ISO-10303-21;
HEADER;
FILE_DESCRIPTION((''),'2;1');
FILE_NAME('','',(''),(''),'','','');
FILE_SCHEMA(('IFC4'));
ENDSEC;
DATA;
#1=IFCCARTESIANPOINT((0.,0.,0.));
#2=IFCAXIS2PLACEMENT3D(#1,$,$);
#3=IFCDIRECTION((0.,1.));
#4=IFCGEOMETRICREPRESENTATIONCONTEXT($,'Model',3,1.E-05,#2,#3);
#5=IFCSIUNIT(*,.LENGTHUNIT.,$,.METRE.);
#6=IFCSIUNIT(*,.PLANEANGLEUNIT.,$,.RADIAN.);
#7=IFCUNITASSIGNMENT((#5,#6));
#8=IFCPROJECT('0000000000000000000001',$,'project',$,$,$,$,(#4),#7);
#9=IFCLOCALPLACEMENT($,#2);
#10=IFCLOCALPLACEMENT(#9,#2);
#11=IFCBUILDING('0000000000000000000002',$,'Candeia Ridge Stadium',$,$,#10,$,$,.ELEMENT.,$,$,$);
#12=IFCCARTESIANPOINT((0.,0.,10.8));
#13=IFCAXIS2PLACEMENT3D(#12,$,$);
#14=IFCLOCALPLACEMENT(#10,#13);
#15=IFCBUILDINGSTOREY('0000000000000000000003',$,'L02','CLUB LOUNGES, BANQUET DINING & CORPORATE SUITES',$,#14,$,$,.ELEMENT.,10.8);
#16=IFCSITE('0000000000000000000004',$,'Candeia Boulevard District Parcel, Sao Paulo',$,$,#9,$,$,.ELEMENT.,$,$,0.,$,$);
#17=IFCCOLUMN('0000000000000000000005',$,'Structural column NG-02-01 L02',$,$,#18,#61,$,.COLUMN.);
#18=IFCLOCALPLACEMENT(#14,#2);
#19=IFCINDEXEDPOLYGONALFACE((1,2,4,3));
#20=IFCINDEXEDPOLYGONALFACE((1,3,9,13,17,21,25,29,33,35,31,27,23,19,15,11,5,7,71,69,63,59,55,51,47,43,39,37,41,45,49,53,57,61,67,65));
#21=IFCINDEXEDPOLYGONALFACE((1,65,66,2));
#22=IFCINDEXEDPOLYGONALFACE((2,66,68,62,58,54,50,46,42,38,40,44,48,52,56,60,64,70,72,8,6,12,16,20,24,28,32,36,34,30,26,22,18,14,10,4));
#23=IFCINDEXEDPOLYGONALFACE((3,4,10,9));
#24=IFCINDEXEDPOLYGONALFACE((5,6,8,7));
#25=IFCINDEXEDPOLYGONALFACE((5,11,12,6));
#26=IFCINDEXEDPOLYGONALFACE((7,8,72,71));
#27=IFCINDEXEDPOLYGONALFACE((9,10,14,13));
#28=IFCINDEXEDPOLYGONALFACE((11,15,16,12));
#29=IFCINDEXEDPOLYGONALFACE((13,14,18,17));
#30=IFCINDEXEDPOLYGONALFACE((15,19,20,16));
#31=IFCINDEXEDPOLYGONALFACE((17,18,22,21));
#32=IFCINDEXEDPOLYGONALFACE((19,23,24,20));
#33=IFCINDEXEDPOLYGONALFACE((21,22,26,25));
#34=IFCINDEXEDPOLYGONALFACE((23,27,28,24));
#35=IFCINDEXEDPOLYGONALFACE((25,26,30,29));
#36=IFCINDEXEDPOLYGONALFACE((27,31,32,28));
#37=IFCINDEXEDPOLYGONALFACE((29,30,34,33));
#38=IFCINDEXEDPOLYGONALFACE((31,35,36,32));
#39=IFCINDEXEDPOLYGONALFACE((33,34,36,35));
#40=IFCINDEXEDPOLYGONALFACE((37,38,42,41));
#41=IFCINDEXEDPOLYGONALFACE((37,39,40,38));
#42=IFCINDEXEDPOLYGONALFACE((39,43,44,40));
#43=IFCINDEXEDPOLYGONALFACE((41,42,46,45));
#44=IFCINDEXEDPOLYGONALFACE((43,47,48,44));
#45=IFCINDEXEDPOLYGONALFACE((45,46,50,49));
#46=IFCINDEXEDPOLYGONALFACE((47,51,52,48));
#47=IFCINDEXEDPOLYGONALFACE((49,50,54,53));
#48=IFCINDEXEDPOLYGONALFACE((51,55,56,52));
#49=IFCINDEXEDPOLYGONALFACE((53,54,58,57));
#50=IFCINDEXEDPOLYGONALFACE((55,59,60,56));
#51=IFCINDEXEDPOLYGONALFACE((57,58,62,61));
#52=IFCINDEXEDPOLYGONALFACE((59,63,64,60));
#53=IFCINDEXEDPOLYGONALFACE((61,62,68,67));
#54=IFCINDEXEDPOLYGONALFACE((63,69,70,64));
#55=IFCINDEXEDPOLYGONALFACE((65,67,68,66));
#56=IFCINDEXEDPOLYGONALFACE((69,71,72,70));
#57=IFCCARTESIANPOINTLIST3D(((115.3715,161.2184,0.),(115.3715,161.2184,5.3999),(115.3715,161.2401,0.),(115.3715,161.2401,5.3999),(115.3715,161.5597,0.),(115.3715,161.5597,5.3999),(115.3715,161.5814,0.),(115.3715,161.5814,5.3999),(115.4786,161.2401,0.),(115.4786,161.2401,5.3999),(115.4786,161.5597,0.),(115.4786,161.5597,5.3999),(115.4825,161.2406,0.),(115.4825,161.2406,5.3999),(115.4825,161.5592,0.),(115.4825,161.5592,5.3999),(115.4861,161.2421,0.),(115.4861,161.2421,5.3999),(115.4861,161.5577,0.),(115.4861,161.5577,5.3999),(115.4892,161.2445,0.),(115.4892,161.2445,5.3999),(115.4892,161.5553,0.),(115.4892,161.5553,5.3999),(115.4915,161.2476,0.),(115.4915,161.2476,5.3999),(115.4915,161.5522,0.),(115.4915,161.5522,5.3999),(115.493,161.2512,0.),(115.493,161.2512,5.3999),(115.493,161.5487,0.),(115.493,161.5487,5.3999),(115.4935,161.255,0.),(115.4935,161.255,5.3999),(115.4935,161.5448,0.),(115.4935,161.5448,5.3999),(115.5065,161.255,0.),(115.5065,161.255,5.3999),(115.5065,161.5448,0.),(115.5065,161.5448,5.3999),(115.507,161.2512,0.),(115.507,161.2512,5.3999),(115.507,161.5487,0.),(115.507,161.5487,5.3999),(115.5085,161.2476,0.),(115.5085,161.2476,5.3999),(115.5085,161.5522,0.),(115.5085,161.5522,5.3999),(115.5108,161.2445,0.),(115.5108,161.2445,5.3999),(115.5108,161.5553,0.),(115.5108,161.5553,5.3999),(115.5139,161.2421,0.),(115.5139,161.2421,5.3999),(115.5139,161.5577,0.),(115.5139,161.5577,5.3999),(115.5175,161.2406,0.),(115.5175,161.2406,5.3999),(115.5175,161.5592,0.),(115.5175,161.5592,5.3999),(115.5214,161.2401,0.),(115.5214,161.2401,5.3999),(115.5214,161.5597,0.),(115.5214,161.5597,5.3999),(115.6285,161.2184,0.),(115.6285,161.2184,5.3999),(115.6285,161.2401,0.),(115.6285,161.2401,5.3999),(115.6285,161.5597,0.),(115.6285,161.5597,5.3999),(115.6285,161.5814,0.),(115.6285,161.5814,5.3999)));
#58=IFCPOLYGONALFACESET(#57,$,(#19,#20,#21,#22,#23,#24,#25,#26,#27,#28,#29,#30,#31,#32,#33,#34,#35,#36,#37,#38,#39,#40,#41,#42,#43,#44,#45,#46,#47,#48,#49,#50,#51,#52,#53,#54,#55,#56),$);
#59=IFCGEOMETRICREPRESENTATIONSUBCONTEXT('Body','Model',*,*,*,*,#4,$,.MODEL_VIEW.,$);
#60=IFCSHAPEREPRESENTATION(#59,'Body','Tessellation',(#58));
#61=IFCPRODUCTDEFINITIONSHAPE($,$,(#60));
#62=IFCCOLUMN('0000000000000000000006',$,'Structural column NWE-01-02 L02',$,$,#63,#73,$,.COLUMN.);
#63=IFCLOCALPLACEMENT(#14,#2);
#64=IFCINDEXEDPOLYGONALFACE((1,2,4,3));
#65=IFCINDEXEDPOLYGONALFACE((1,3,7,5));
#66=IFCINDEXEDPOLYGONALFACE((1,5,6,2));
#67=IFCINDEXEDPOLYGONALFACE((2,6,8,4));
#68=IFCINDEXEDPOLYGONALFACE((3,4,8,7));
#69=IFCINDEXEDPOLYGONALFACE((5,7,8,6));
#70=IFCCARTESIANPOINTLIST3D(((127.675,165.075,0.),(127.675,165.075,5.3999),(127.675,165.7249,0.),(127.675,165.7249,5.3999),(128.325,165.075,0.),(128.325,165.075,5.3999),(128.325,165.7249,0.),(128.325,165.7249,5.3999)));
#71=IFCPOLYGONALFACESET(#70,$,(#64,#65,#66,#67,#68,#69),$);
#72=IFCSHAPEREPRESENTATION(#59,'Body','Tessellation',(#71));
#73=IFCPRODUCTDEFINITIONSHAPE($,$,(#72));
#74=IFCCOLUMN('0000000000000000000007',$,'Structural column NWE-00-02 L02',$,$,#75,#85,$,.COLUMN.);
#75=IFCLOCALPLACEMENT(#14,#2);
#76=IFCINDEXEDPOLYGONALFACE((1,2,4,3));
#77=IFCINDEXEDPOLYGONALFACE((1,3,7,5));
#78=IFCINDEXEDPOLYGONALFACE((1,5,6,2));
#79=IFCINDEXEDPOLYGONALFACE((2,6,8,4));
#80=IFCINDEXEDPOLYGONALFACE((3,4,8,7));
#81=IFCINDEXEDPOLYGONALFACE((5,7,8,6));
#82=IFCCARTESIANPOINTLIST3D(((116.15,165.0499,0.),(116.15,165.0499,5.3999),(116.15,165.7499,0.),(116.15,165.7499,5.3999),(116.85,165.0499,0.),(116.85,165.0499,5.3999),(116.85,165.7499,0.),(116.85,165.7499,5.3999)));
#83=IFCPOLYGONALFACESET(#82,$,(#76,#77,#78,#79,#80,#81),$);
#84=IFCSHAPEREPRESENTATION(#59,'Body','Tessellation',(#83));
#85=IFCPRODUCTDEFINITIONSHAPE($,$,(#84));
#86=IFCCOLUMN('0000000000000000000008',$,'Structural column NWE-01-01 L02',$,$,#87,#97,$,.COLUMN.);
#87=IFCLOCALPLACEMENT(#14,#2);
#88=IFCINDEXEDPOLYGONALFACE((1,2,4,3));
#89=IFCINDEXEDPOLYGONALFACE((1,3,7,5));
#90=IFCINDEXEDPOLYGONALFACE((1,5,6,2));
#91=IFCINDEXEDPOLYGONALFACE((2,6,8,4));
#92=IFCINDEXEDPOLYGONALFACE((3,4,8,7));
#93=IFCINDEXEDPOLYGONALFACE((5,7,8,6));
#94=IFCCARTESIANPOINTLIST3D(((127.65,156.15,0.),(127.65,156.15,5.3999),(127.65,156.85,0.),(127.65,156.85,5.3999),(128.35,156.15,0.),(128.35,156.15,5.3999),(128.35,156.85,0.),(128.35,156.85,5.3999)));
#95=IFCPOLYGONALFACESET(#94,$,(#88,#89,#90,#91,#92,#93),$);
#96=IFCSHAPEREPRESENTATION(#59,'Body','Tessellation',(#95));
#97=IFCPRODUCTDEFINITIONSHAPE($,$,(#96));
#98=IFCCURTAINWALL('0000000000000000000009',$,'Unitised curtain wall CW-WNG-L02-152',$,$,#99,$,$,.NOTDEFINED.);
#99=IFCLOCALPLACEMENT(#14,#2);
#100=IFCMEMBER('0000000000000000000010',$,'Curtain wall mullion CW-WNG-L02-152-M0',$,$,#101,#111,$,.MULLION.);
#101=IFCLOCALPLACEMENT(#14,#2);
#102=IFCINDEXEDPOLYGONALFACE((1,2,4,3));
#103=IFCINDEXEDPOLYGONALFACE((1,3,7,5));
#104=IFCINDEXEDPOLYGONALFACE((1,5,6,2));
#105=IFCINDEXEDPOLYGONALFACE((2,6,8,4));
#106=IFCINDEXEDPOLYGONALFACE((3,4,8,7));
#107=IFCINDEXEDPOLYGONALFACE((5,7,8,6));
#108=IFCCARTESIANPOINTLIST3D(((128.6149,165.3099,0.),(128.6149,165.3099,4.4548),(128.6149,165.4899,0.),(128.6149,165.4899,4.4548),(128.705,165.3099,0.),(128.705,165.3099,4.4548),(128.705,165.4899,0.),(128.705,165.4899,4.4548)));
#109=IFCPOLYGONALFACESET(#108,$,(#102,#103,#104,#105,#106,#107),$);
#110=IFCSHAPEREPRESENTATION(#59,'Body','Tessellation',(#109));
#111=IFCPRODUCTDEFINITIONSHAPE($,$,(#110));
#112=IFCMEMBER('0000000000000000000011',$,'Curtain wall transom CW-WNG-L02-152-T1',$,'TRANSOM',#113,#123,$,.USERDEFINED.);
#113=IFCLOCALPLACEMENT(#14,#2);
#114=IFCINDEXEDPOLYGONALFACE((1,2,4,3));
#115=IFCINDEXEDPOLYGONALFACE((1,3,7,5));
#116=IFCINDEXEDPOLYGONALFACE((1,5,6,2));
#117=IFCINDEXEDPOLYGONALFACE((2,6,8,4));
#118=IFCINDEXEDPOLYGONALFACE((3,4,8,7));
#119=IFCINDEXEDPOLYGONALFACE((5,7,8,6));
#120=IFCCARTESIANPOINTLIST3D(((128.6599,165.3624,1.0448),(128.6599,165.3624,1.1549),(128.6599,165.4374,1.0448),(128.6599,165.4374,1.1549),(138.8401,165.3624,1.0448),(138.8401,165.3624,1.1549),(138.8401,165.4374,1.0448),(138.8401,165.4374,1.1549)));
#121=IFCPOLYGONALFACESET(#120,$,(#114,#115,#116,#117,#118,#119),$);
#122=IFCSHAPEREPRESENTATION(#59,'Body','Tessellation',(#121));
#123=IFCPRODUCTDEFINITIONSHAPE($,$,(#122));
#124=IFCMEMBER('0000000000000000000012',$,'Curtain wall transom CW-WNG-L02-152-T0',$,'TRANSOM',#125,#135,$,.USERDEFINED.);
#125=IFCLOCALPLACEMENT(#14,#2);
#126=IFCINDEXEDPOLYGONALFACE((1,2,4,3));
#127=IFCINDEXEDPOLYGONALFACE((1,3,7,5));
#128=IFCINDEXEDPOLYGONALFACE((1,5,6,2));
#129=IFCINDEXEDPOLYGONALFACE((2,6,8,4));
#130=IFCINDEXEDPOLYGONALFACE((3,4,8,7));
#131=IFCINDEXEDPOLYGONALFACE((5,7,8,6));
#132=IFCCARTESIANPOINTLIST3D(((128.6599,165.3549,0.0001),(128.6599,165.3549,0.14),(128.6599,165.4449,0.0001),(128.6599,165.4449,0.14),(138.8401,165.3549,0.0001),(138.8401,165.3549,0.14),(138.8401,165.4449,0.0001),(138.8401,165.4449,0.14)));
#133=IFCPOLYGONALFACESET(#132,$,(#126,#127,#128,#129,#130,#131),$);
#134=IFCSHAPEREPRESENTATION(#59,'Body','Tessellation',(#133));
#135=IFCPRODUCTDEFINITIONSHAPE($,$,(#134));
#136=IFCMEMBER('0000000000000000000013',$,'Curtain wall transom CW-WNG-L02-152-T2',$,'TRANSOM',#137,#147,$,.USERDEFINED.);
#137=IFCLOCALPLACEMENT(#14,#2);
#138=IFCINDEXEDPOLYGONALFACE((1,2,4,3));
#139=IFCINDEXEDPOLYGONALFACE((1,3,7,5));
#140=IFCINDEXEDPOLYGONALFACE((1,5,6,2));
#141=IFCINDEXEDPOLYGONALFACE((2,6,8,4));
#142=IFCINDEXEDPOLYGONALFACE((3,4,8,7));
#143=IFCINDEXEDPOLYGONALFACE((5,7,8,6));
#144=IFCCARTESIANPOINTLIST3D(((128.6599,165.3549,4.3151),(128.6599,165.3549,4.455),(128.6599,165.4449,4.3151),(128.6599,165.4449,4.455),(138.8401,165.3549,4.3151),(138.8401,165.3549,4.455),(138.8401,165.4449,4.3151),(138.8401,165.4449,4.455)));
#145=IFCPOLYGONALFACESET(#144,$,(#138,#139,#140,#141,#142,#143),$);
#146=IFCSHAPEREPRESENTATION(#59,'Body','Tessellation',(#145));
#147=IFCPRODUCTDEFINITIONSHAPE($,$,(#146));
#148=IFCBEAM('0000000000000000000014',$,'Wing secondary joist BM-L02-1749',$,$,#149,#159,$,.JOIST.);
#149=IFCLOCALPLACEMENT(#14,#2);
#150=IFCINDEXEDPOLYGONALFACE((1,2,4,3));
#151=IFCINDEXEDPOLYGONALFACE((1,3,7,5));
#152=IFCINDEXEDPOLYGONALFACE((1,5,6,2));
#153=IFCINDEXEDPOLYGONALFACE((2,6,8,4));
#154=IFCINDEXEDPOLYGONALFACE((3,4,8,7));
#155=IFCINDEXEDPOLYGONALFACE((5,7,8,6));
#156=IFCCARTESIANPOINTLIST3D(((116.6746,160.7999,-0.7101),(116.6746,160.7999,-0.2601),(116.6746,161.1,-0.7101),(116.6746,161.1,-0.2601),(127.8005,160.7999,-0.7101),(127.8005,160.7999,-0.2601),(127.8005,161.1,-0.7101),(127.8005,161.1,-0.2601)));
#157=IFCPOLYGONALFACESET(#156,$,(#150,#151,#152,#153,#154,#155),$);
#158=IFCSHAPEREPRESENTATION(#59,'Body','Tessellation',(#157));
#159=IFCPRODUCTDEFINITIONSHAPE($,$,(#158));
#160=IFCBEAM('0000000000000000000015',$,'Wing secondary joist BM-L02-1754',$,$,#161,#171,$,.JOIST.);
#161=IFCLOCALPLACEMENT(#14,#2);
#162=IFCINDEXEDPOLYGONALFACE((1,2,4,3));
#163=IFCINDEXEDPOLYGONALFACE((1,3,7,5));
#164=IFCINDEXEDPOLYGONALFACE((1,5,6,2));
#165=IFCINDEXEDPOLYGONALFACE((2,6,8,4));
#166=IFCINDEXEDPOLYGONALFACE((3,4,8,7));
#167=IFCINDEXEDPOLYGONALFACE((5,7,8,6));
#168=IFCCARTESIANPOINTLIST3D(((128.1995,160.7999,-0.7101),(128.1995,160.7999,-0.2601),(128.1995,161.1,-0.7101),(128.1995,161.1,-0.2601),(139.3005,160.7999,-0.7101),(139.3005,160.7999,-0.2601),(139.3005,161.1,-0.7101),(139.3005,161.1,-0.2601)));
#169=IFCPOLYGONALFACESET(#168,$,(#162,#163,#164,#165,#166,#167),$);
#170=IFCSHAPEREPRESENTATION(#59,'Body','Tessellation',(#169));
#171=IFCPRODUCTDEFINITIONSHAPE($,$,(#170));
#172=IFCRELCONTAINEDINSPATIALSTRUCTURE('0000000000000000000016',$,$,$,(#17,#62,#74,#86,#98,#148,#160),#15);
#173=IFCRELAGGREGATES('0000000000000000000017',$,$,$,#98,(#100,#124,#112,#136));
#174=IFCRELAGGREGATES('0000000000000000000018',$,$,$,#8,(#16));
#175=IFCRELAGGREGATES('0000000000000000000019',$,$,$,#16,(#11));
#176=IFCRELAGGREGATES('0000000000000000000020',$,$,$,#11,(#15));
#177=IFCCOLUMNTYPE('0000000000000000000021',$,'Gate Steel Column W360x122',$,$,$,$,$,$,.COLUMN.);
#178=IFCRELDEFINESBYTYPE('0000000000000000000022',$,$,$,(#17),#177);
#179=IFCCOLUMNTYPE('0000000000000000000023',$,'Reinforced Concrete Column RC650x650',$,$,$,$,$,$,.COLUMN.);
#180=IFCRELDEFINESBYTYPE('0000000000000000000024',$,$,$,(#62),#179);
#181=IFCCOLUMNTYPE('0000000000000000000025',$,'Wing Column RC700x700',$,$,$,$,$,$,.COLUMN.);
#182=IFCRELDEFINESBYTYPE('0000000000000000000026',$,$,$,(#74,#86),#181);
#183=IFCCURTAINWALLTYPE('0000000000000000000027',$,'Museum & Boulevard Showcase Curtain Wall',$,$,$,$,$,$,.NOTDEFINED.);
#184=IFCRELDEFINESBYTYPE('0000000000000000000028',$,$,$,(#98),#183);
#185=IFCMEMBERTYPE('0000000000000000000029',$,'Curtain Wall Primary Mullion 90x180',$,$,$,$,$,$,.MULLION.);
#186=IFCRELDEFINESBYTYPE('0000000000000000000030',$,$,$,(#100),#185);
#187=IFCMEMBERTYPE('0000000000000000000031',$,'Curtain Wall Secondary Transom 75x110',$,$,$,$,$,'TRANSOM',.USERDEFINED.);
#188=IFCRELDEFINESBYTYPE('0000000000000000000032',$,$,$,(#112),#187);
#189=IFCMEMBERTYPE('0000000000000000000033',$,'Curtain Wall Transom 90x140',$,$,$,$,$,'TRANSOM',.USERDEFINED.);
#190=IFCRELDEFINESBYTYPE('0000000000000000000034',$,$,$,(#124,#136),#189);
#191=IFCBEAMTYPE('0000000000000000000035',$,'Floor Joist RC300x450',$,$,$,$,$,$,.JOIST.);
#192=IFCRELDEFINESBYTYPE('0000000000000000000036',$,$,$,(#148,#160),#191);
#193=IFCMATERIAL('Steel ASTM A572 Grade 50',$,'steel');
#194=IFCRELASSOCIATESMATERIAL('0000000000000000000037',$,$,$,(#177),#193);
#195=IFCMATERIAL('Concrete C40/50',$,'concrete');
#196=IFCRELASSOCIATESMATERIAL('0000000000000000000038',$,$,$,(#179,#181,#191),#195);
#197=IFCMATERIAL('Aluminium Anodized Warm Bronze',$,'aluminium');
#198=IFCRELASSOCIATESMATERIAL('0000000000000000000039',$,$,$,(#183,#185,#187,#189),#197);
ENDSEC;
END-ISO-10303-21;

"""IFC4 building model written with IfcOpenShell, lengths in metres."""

from ifc_helpers import new_model, si_unit, direction, frame, origin, origin_2d, place, context, subcontext, project, spatial, rectangle, i_section, extrude, material, material_profile, profile_set, type_object, element, aggregate, save


model = new_model("IFC4")

# Units and contexts
model_context = context("Model", 3, precision=1e-05, world=origin(), true_north=direction((0.0, 1.0)))
body_context = subcontext(model_context, "Body", "Model", "MODEL_VIEW")
ifc_project = project(units=[si_unit("LENGTHUNIT", "METRE"), si_unit("PLANEANGLEUNIT", "RADIAN")], contexts=[model_context])

# Site, building, storey
site_placement = place(None, origin())
site = spatial("IfcSite", under=ifc_project, at=site_placement, Name="Candeia Boulevard District Parcel, Sao Paulo", CompositionType="ELEMENT", RefElevation=0.0)
building_placement = place(site_placement, origin())
building = spatial("IfcBuilding", under=site, at=building_placement, Name="Candeia Ridge Stadium", CompositionType="ELEMENT")
storey_placement = place(building_placement, frame((0.0, 0.0, 10.8)))
storey = spatial("IfcBuildingStorey", under=building, at=storey_placement, Name="L02", Description="CLUB LOUNGES, BANQUET DINING & CORPORATE SUITES", CompositionType="ELEMENT", Elevation=10.8)

# Columns
ifc_material_1 = material(Name="Steel ASTM A572 Grade 50", Category="steel")
ifc_material_profile_1 = material_profile(ifc_material_1, i_section(OverallWidth=0.2571, OverallDepth=0.363, WebThickness=0.0129, FlangeThickness=0.0217, FilletRadius=0.0149, at=origin_2d()), Name="W360x122", Category="steel")
ifc_profile_set_1 = profile_set([ifc_material_profile_1], Name="Steel ASTM A572 Grade 50")
column_type_1 = type_object("IfcColumnType", Name="Gate Steel Column W360x122", PredefinedType="COLUMN", material=ifc_profile_set_1)
column_1_placement = place(storey_placement, frame((115.5, 161.3999, 0.0), z_axis=(0.0, 0.0, 1.0), x_axis=(1.0, 0.0, 0.0)))
element("IfcColumn", 1, at=column_1_placement, inside=storey, type_object=column_type_1, Name="Structural column NG-02-01 L02", PredefinedType="COLUMN", context=body_context, shape_type="SweptSolid", body=[
    extrude(i_section(OverallWidth=0.2571, OverallDepth=0.363, WebThickness=0.0129, FlangeThickness=0.0217, FilletRadius=0.0149, at=origin_2d()), origin(), (0.0, 0.0, 1.0), 5.3999),
])
ifc_material_2 = material(Name="Concrete C40/50", Category="concrete")
ifc_material_profile_2 = material_profile(ifc_material_2, rectangle(XDim=0.6499, YDim=0.6499, at=origin_2d()), Name="RC650x650", Category="concrete")
ifc_profile_set_2 = profile_set([ifc_material_profile_2], Name="Concrete C40/50")
column_type_2 = type_object("IfcColumnType", Name="Reinforced Concrete Column RC650x650", PredefinedType="COLUMN", material=ifc_profile_set_2)
column_2_placement = place(storey_placement, frame((128.0, 165.3999, 0.0), z_axis=(0.0, 0.0, 1.0), x_axis=(1.0, 0.0, 0.0)))
element("IfcColumn", 2, at=column_2_placement, inside=storey, type_object=column_type_2, Name="Structural column NWE-01-02 L02", PredefinedType="COLUMN", context=body_context, shape_type="SweptSolid", body=[
    extrude(rectangle(XDim=0.6499, YDim=0.6499, at=origin_2d()), origin(), (0.0, 0.0, 1.0), 5.3999),
])
ifc_material_profile_3 = material_profile(ifc_material_2, rectangle(XDim=0.7, YDim=0.7, at=origin_2d()), Name="RC700x700", Category="concrete")
ifc_profile_set_3 = profile_set([ifc_material_profile_3], Name="Concrete C40/50")
column_type_3 = type_object("IfcColumnType", Name="Wing Column RC700x700", PredefinedType="COLUMN", material=ifc_profile_set_3)
for number, where, z_axis, x_axis, name in (
    (3, (116.5, 165.3999, 0.0), (0.0, 0.0, 1.0), (1.0, 0.0, 0.0), "Structural column NWE-00-02 L02"),
    (4, (128.0, 156.5, 0.0), (0.0, 0.0, 1.0), (1.0, 0.0, 0.0), "Structural column NWE-01-01 L02"),
):
    element("IfcColumn", number, at=place(storey_placement, frame(where, z_axis=z_axis, x_axis=x_axis)), inside=storey, type_object=column_type_3, Name=name, PredefinedType="COLUMN", context=body_context, shape_type="SweptSolid", body=[
        extrude(rectangle(XDim=0.7, YDim=0.7, at=origin_2d()), origin(), (0.0, 0.0, 1.0), 5.3999),
    ])

# Curtain wall, members
ifc_material_3 = material(Name="Aluminium Anodized Warm Bronze", Category="aluminium")
curtain_wall_type = type_object("IfcCurtainWallType", Name="Museum & Boulevard Showcase Curtain Wall", PredefinedType="NOTDEFINED", material=ifc_material_3)
curtain_wall_placement = place(storey_placement, origin())
curtain_wall = element("IfcCurtainWall", 5, at=curtain_wall_placement, inside=storey, type_object=curtain_wall_type, Name="Unitised curtain wall CW-WNG-L02-152", PredefinedType="NOTDEFINED")
ifc_material_profile_4 = material_profile(ifc_material_3, rectangle(XDim=0.0901, YDim=0.1799, at=origin_2d()), Name="CWM-90x180", Category="aluminium")
ifc_profile_set_4 = profile_set([ifc_material_profile_4], Name="Aluminium Anodized Warm Bronze")
member_type_1 = type_object("IfcMemberType", Name="Curtain Wall Primary Mullion 90x180", PredefinedType="MULLION", material=ifc_profile_set_4)
member_1_placement = place(storey_placement, frame((128.6599, 165.3999, 0.0), z_axis=(0.0, 0.0, 1.0), x_axis=(1.0, 0.0, 0.0)))
member_1 = element("IfcMember", 6, at=member_1_placement, type_object=member_type_1, Name="Curtain wall mullion CW-WNG-L02-152-M0", PredefinedType="MULLION", context=body_context, shape_type="SweptSolid", body=[
    extrude(rectangle(XDim=0.0901, YDim=0.1799, at=origin_2d()), origin(), (0.0, 0.0, 1.0), 4.4548),
])
ifc_material_profile_5 = material_profile(ifc_material_3, rectangle(XDim=0.075, YDim=0.1101, at=origin_2d()), Name="CWT-75x110", Category="aluminium")
ifc_profile_set_5 = profile_set([ifc_material_profile_5], Name="Aluminium Anodized Warm Bronze")
member_type_2 = type_object("IfcMemberType", Name="Curtain Wall Secondary Transom 75x110", ElementType="TRANSOM", PredefinedType="USERDEFINED", material=ifc_profile_set_5)
member_2_placement = place(storey_placement, frame((128.6599, 165.3999, 1.0999), z_axis=(1.0, 0.0, 0.0), x_axis=(0.0, 1.0, 0.0)))
member_2 = element("IfcMember", 7, at=member_2_placement, type_object=member_type_2, Name="Curtain wall transom CW-WNG-L02-152-T1", ObjectType="TRANSOM", PredefinedType="USERDEFINED", context=body_context, shape_type="SweptSolid", body=[
    extrude(rectangle(XDim=0.075, YDim=0.1101, at=origin_2d()), origin(), (0.0, 0.0, 1.0), 10.1802),
])
ifc_material_profile_6 = material_profile(ifc_material_3, rectangle(XDim=0.0901, YDim=0.1399, at=origin_2d()), Name="CWT-90x140", Category="aluminium")
ifc_profile_set_6 = profile_set([ifc_material_profile_6], Name="Aluminium Anodized Warm Bronze")
member_type_3 = type_object("IfcMemberType", Name="Curtain Wall Transom 90x140", ElementType="TRANSOM", PredefinedType="USERDEFINED", material=ifc_profile_set_6)
member_3_placement = place(storey_placement, frame((128.6599, 165.3999, 0.0701), z_axis=(1.0, 0.0, 0.0), x_axis=(0.0, 1.0, 0.0)))
member_3 = element("IfcMember", 8, at=member_3_placement, type_object=member_type_3, Name="Curtain wall transom CW-WNG-L02-152-T0", ObjectType="TRANSOM", PredefinedType="USERDEFINED", context=body_context, shape_type="SweptSolid", body=[
    extrude(rectangle(XDim=0.0901, YDim=0.1399, at=origin_2d()), origin(), (0.0, 0.0, 1.0), 10.1802),
])
member_4_placement = place(storey_placement, frame((128.6599, 165.3999, 4.385), z_axis=(1.0, 0.0, 0.0), x_axis=(0.0, 1.0, 0.0)))
member_4 = element("IfcMember", 9, at=member_4_placement, type_object=member_type_3, Name="Curtain wall transom CW-WNG-L02-152-T2", ObjectType="TRANSOM", PredefinedType="USERDEFINED", context=body_context, shape_type="SweptSolid", body=[
    extrude(rectangle(XDim=0.0901, YDim=0.1399, at=origin_2d()), origin(), (0.0, 0.0, 1.0), 10.1802),
])

# Beams
ifc_material_profile_7 = material_profile(ifc_material_2, rectangle(XDim=0.3, YDim=0.45, at=origin_2d()), Name="RC300x450", Category="concrete")
ifc_profile_set_7 = profile_set([ifc_material_profile_7], Name="Concrete C40/50")
beam_type_1 = type_object("IfcBeamType", Name="Floor Joist RC300x450", PredefinedType="JOIST", material=ifc_profile_set_7)
beam_1_placement = place(storey_placement, frame((116.6746, 160.95, -0.4851), z_axis=(1.0, 0.0, 0.0), x_axis=(0.0, 1.0, 0.0)))
element("IfcBeam", 10, at=beam_1_placement, inside=storey, type_object=beam_type_1, Name="Wing secondary joist BM-L02-1749", PredefinedType="JOIST", context=body_context, shape_type="SweptSolid", body=[
    extrude(rectangle(XDim=0.3, YDim=0.45, at=origin_2d()), origin(), (0.0, 0.0, 1.0), 11.126),
])
beam_2_placement = place(storey_placement, frame((128.1995, 160.95, -0.4851), z_axis=(1.0, 0.0, 0.0), x_axis=(0.0, 1.0, 0.0)))
element("IfcBeam", 11, at=beam_2_placement, inside=storey, type_object=beam_type_1, Name="Wing secondary joist BM-L02-1754", PredefinedType="JOIST", context=body_context, shape_type="SweptSolid", body=[
    extrude(rectangle(XDim=0.3, YDim=0.45, at=origin_2d()), origin(), (0.0, 0.0, 1.0), 11.1011),
])

aggregate(curtain_wall, [member_1, member_3, member_2, member_4])

save(model, "model.ifc")
